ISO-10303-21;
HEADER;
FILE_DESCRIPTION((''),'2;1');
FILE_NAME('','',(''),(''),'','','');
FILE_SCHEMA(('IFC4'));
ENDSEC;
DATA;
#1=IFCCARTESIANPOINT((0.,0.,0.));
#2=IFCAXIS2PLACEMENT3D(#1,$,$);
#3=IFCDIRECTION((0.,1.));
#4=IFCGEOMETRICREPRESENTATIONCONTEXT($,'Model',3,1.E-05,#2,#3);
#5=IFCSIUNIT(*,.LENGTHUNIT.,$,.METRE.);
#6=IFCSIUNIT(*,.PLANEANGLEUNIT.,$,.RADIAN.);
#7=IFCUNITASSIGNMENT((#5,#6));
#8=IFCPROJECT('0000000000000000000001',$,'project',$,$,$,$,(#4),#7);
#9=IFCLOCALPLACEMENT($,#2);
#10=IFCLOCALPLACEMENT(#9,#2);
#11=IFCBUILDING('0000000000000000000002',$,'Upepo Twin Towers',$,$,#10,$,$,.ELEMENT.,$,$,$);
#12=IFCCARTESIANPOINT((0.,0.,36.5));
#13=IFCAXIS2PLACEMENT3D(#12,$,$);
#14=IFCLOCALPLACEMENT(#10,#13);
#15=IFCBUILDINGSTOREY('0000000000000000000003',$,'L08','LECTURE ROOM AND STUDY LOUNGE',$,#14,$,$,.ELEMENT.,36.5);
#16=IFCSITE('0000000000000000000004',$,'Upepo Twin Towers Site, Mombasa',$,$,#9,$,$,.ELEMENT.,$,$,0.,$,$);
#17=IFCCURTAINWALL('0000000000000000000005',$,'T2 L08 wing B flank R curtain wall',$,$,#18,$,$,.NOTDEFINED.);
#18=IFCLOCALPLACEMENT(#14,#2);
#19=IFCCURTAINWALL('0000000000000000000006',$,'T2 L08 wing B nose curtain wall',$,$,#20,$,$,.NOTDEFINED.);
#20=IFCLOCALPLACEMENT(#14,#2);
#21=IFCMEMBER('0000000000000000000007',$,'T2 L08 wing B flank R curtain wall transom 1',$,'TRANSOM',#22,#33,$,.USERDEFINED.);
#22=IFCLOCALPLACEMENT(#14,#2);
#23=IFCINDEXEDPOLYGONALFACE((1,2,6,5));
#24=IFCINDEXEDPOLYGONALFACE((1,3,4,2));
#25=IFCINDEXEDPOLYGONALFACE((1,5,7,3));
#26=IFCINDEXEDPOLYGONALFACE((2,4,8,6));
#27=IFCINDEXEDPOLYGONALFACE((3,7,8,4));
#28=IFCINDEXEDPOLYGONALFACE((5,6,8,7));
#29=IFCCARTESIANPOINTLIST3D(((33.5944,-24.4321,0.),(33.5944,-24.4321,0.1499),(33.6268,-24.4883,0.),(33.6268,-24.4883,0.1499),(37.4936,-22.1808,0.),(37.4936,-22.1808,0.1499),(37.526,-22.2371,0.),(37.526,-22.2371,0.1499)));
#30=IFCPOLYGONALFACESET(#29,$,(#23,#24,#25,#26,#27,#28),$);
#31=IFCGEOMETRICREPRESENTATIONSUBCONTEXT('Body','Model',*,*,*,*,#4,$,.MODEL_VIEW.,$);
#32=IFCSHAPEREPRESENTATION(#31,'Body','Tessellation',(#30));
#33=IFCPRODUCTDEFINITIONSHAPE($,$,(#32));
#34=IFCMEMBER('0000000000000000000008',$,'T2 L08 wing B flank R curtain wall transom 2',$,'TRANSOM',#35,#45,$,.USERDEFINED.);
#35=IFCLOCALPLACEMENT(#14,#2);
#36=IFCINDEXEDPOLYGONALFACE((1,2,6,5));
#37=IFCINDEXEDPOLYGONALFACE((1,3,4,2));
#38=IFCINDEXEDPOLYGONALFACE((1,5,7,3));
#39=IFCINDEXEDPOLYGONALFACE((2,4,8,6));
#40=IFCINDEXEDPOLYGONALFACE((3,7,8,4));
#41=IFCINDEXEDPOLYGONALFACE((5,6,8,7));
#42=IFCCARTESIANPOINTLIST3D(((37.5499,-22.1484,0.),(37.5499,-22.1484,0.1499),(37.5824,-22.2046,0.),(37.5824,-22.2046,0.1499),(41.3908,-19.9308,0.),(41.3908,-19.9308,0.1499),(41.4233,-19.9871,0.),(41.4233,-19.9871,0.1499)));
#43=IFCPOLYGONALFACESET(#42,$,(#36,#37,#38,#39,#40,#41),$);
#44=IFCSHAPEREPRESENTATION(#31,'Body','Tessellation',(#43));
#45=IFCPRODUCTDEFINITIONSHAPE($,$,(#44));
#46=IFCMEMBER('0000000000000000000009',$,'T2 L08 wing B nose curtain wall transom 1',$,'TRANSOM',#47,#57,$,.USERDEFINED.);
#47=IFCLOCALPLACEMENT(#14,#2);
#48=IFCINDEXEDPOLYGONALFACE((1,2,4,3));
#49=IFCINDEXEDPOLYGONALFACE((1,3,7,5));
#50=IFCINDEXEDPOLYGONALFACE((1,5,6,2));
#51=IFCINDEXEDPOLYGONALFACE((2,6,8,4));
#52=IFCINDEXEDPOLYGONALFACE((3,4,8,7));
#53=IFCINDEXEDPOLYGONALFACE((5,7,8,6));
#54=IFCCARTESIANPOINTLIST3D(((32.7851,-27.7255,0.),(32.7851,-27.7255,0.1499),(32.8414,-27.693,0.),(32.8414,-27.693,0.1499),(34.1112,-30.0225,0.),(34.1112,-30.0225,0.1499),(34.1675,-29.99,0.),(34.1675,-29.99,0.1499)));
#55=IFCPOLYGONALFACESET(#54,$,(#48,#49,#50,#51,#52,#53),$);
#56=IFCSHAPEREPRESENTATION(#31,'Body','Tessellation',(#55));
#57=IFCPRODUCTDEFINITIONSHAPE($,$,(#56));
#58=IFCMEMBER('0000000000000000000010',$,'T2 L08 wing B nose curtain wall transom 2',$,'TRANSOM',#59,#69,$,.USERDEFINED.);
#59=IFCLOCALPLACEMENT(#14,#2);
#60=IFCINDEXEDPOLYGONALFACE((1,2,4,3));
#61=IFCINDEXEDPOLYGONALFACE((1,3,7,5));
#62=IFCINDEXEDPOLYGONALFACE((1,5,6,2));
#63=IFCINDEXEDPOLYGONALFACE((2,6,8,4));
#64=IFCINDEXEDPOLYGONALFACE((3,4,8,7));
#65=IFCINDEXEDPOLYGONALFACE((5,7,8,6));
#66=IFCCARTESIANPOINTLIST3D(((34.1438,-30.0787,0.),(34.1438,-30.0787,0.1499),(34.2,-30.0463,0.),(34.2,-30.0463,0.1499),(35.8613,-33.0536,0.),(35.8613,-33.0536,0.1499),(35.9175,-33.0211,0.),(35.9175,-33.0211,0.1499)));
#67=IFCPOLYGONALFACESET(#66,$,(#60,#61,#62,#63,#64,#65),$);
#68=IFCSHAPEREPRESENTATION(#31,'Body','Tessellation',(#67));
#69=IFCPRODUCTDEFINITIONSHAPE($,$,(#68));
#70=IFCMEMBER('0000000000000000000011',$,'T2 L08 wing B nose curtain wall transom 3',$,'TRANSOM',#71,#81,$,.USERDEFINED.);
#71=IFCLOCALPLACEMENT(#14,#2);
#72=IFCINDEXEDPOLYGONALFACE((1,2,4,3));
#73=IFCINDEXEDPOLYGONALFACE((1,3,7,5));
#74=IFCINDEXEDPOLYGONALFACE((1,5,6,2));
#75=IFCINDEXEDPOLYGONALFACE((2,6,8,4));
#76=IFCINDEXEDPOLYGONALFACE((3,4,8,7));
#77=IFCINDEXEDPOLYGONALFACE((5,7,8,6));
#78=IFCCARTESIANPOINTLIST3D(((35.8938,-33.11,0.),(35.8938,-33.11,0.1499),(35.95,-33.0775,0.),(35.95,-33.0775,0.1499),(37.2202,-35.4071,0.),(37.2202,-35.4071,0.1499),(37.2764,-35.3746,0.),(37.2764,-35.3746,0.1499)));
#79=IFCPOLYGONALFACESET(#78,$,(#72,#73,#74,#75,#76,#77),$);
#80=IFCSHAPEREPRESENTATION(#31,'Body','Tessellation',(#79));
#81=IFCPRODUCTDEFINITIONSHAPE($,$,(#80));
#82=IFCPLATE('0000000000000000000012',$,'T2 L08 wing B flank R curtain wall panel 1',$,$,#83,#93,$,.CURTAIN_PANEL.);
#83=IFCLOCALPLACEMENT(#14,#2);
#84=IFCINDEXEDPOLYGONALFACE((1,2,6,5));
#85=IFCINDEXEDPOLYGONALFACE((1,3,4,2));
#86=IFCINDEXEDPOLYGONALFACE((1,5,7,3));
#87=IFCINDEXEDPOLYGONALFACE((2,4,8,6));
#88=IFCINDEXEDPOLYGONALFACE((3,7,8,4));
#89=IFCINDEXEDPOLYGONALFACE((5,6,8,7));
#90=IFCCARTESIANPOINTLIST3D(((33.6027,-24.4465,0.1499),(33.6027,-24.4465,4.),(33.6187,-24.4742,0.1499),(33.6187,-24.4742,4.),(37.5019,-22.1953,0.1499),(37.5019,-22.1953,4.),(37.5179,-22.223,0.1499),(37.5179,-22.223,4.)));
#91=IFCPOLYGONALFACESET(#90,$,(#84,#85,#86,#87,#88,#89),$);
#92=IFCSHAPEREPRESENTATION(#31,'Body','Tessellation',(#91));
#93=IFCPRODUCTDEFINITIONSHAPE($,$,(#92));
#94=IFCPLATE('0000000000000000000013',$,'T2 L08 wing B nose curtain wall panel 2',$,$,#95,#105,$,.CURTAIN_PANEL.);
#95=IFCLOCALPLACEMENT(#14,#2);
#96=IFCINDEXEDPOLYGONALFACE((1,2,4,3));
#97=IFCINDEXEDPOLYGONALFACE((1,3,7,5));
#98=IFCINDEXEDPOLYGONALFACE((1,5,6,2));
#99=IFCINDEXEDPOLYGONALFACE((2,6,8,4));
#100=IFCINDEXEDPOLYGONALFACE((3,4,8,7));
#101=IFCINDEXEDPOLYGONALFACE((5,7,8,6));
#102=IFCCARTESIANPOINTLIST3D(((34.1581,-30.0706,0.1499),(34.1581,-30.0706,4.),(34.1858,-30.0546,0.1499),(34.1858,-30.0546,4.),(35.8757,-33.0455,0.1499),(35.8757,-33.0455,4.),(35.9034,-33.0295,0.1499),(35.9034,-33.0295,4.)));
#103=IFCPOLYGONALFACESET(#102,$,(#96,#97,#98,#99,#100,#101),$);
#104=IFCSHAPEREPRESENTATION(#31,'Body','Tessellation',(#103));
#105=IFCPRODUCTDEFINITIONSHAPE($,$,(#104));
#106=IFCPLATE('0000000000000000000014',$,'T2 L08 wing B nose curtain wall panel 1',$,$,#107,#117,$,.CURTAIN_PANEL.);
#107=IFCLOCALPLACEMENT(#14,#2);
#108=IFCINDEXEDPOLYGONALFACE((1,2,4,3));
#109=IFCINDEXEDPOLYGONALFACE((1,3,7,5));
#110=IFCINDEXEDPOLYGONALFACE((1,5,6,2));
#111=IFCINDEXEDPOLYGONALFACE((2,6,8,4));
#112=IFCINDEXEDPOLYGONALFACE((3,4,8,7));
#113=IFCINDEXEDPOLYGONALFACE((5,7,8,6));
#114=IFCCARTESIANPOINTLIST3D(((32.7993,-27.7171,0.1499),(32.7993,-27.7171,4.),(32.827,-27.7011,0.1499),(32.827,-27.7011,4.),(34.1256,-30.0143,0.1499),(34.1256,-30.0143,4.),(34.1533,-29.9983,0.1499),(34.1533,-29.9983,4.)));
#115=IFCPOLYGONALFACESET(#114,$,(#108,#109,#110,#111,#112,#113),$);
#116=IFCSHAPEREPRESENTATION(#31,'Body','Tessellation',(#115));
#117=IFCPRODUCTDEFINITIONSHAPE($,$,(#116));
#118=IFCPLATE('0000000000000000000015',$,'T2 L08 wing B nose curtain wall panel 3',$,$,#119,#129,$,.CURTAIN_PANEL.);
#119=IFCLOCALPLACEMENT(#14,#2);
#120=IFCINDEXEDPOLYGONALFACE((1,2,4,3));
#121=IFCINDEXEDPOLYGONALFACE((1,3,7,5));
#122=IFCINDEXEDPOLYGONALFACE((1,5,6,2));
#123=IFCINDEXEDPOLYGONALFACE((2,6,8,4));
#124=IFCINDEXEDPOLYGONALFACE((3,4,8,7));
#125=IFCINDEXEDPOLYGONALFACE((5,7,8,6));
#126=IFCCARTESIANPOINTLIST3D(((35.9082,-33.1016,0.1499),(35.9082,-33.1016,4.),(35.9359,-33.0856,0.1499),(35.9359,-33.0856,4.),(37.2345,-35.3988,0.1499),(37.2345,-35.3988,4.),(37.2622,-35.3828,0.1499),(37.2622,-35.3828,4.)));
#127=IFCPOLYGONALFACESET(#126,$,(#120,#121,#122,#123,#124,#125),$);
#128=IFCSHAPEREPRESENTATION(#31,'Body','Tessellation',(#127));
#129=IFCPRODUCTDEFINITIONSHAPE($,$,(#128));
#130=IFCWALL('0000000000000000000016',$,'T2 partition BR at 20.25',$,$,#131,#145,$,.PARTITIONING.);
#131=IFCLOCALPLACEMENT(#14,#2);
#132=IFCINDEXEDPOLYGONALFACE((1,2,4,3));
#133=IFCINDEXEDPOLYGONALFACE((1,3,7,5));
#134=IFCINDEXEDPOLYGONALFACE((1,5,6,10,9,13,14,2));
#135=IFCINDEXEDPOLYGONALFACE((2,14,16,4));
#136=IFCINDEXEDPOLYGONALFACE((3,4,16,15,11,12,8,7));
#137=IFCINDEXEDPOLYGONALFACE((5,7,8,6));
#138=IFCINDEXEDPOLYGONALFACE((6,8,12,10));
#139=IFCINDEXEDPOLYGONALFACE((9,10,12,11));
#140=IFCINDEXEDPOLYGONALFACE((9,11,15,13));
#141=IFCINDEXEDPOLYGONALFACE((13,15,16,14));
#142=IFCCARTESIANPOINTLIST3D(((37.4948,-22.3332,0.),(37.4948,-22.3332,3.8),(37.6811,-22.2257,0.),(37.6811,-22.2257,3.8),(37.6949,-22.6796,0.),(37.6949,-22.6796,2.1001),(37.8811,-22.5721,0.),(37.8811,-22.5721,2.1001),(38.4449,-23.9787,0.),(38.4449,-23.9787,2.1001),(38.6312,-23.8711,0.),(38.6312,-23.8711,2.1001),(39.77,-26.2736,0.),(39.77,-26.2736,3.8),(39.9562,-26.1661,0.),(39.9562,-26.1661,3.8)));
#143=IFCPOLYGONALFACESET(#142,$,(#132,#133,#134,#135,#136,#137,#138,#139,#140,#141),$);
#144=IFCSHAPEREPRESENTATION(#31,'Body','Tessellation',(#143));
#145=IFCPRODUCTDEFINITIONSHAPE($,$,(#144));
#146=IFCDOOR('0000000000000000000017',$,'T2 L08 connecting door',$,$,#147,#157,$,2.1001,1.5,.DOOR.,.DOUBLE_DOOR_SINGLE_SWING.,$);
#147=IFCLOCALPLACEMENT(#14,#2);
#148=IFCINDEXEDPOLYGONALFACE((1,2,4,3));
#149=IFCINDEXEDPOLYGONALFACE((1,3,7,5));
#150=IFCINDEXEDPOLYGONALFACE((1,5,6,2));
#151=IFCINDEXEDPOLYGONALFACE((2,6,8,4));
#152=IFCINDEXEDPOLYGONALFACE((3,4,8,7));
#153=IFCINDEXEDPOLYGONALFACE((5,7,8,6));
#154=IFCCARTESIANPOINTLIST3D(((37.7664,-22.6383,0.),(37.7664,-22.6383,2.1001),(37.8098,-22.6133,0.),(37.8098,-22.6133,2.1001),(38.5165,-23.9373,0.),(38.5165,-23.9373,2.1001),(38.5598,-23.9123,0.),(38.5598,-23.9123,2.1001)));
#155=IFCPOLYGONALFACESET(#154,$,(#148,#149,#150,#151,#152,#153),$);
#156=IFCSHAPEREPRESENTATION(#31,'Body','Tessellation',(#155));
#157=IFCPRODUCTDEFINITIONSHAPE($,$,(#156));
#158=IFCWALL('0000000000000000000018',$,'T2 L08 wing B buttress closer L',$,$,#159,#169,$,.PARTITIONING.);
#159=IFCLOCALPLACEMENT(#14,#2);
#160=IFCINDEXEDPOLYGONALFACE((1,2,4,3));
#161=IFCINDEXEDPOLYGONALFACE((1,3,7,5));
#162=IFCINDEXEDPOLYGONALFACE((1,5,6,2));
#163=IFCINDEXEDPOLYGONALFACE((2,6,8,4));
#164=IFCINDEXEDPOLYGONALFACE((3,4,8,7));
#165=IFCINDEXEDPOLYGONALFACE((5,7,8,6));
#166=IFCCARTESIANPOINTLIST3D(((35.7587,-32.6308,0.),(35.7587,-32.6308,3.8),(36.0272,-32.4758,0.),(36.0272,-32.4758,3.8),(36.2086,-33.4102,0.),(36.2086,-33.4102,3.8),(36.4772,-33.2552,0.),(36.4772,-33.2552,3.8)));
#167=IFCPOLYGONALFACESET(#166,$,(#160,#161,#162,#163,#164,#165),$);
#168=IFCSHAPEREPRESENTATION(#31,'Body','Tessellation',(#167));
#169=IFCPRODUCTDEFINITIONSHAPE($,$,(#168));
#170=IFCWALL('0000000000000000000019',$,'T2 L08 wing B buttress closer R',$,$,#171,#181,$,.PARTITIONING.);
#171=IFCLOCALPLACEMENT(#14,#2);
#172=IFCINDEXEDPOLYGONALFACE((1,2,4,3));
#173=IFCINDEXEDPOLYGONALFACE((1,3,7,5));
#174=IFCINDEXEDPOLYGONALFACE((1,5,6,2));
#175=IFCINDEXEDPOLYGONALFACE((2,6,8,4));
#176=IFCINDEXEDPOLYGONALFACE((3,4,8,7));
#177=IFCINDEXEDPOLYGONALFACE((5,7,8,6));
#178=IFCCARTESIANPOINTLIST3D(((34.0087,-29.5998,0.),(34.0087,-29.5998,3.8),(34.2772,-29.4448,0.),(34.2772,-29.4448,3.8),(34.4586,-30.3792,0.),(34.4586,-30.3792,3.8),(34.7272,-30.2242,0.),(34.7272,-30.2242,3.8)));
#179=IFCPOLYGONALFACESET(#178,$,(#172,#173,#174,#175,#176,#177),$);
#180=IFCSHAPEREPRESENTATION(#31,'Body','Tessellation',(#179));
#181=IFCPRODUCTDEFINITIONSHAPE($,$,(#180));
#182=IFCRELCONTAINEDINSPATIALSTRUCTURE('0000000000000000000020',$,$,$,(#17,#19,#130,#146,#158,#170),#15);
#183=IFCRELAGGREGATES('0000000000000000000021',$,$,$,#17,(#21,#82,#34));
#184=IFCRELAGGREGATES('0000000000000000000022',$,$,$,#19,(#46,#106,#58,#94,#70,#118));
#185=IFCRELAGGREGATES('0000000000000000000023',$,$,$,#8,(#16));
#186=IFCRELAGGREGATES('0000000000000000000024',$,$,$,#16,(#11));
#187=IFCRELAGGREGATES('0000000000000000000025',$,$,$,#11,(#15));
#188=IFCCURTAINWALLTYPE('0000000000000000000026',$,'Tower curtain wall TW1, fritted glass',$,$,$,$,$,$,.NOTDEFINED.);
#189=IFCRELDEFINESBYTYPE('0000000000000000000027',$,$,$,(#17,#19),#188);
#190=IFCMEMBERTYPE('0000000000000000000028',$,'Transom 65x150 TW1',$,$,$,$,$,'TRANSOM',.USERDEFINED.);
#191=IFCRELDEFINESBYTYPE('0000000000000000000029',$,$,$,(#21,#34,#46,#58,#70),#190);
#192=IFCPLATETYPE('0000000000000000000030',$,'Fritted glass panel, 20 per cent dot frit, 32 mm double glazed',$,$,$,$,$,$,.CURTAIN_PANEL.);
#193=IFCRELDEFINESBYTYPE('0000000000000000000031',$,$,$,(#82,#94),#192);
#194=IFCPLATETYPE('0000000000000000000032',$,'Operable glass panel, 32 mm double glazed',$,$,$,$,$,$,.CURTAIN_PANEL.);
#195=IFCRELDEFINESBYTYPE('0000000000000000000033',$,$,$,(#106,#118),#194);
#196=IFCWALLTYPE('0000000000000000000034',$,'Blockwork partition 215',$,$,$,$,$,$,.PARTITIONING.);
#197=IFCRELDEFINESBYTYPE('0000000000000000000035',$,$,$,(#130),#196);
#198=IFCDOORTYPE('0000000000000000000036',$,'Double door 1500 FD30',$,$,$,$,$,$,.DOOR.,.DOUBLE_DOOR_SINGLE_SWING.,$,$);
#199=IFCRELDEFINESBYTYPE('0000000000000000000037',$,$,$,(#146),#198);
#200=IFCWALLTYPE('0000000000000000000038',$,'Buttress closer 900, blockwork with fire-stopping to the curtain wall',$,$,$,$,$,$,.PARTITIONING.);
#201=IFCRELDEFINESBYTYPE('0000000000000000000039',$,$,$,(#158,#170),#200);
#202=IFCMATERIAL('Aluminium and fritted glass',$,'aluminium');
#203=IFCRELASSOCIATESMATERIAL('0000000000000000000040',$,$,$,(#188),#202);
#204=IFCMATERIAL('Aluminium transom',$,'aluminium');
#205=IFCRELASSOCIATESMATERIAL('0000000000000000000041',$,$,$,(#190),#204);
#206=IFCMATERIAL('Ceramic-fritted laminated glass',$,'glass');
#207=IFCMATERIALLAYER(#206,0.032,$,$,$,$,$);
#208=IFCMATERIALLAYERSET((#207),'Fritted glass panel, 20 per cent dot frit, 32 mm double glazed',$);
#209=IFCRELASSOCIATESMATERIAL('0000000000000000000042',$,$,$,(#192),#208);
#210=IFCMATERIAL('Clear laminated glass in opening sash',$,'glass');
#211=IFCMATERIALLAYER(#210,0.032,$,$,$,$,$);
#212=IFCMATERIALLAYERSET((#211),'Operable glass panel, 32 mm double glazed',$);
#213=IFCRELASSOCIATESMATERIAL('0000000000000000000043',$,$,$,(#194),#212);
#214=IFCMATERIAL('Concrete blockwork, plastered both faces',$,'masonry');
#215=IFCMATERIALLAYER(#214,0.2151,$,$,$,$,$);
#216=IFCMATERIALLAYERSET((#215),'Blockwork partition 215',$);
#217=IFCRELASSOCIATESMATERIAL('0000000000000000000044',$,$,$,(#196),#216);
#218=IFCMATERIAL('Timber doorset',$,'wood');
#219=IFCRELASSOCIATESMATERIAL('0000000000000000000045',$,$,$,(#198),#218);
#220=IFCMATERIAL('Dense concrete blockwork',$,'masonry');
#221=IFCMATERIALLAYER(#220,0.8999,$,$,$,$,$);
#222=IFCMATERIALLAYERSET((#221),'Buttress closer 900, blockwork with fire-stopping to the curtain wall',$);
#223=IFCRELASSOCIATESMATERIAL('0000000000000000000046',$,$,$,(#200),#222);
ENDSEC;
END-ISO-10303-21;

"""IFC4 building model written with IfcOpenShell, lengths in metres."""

from ifc_helpers import new_model, si_unit, direction, frame, frame_2d, origin, origin_2d, place, context, subcontext, project, spatial, rectangle, extrude, material, layer, layer_set, material_profile, profile_set, type_object, element, fill, aggregate, save


model = new_model("IFC4")

# Units and contexts
model_context = context("Model", 3, precision=1e-05, world=origin(), true_north=direction((0.0, 1.0)))
body_context = subcontext(model_context, "Body", "Model", "MODEL_VIEW")
ifc_project = project(units=[si_unit("LENGTHUNIT", "METRE"), si_unit("PLANEANGLEUNIT", "RADIAN")], contexts=[model_context])

# Site, building, storey
site_placement = place(None, origin())
site = spatial("IfcSite", under=ifc_project, at=site_placement, Name="Upepo Twin Towers Site, Mombasa", CompositionType="ELEMENT", RefElevation=0.0)
building_placement = place(site_placement, origin())
building = spatial("IfcBuilding", under=site, at=building_placement, Name="Upepo Twin Towers", CompositionType="ELEMENT")
storey_placement = place(building_placement, frame((0.0, 0.0, 36.5)))
storey = spatial("IfcBuildingStorey", under=building, at=storey_placement, Name="L08", Description="LECTURE ROOM AND STUDY LOUNGE", CompositionType="ELEMENT", Elevation=36.5)

# Shared definitions
ifc_material_1 = material(Name="Aluminium and fritted glass", Category="aluminium")
curtain_wall_type = type_object("IfcCurtainWallType", Name="Tower curtain wall TW1, fritted glass", PredefinedType="NOTDEFINED", material=ifc_material_1)

# Curtain walls
curtain_wall_1_placement = place(storey_placement, origin())
curtain_wall_1 = element("IfcCurtainWall", 1, at=curtain_wall_1_placement, inside=storey, type_object=curtain_wall_type, Name="T2 L08 wing B flank R curtain wall", PredefinedType="NOTDEFINED")
curtain_wall_2_placement = place(storey_placement, origin())
curtain_wall_2 = element("IfcCurtainWall", 2, at=curtain_wall_2_placement, inside=storey, type_object=curtain_wall_type, Name="T2 L08 wing B nose curtain wall", PredefinedType="NOTDEFINED")

# Members
ifc_material_2 = material(Name="Aluminium transom", Category="aluminium")
ifc_material_profile_1 = material_profile(ifc_material_2, rectangle(XDim=0.0649, YDim=0.1499, at=origin_2d()), Name="TRANSOM 65x150")
ifc_profile_set_1 = profile_set([ifc_material_profile_1], Name="Aluminium transom")
member_type_1 = type_object("IfcMemberType", Name="Transom 65x150 TW1", ElementType="TRANSOM", PredefinedType="USERDEFINED", material=ifc_profile_set_1)
member_1_placement = place(storey_placement, frame((33.6106, -24.4602, 0.075), z_axis=(0.866022, 0.500006, 0.0), x_axis=(-0.500006, 0.866022, 0.0)))
member_1 = element("IfcMember", 3, at=member_1_placement, type_object=member_type_1, Name="T2 L08 wing B flank R curtain wall transom 1", ObjectType="TRANSOM", PredefinedType="USERDEFINED", context=body_context, shape_type="SweptSolid", body=[
    extrude(rectangle(XDim=0.0649, YDim=0.1499, at=origin_2d()), origin(), (0.0, 0.0, 1.0), 4.5024),
])
member_2_placement = place(storey_placement, frame((37.5662, -22.1765, 0.075), z_axis=(0.866022, 0.500005, 0.0), x_axis=(-0.500005, 0.866022, 0.0)))
member_2 = element("IfcMember", 4, at=member_2_placement, type_object=member_type_1, Name="T2 L08 wing B flank R curtain wall transom 2", ObjectType="TRANSOM", PredefinedType="USERDEFINED", context=body_context, shape_type="SweptSolid", body=[
    extrude(rectangle(XDim=0.0649, YDim=0.1499, at=origin_2d()), origin(), (0.0, 0.0, 1.0), 4.4351),
])
member_3_placement = place(storey_placement, frame((32.8132, -27.7092, 0.075), z_axis=(0.49998, -0.866037, 0.0), x_axis=(0.866037, 0.49998, 0.0)))
member_3 = element("IfcMember", 5, at=member_3_placement, type_object=member_type_1, Name="T2 L08 wing B nose curtain wall transom 1", ObjectType="TRANSOM", PredefinedType="USERDEFINED", context=body_context, shape_type="SweptSolid", body=[
    extrude(rectangle(XDim=0.0649, YDim=0.1499, at=origin_2d()), origin(), (0.0, 0.0, 1.0), 2.6523),
])
member_4_placement = place(storey_placement, frame((34.1719, -30.0625, 0.075), z_axis=(0.499999, -0.866026, 0.0), x_axis=(0.866026, 0.499999, 0.0)))
member_4 = element("IfcMember", 6, at=member_4_placement, type_object=member_type_1, Name="T2 L08 wing B nose curtain wall transom 2", ObjectType="TRANSOM", PredefinedType="USERDEFINED", context=body_context, shape_type="SweptSolid", body=[
    extrude(rectangle(XDim=0.0649, YDim=0.1499, at=origin_2d()), origin(), (0.0, 0.0, 1.0), 3.4351),
])
member_5_placement = place(storey_placement, frame((35.9219, -33.0938, 0.075), z_axis=(0.500049, -0.865997, 0.0), x_axis=(0.865997, 0.500049, 0.0)))
member_5 = element("IfcMember", 7, at=member_5_placement, type_object=member_type_1, Name="T2 L08 wing B nose curtain wall transom 3", ObjectType="TRANSOM", PredefinedType="USERDEFINED", context=body_context, shape_type="SweptSolid", body=[
    extrude(rectangle(XDim=0.0649, YDim=0.1499, at=origin_2d()), origin(), (0.0, 0.0, 1.0), 2.6526),
])

# Plates
ifc_material_3 = material(Name="Ceramic-fritted laminated glass", Category="glass")
ifc_layer_1 = layer(ifc_material_3, 0.032)
ifc_layer_set_1 = layer_set([ifc_layer_1], Name="Fritted glass panel, 20 per cent dot frit, 32 mm double glazed")
plate_type_1 = type_object("IfcPlateType", Name="Fritted glass panel, 20 per cent dot frit, 32 mm double glazed", PredefinedType="CURTAIN_PANEL", material=ifc_layer_set_1)
plate_1_placement = place(storey_placement, frame((35.5603, -23.3347, 0.1499), z_axis=(0.0, 0.0, 1.0), x_axis=(0.866025, 0.5, 0.0)))
plate_1 = element("IfcPlate", 8, at=plate_1_placement, type_object=plate_type_1, Name="T2 L08 wing B flank R curtain wall panel 1", PredefinedType="CURTAIN_PANEL", context=body_context, shape_type="SweptSolid", body=[
    extrude(rectangle(XDim=4.5024, YDim=0.032, at=origin_2d()), origin(), (0.0, 0.0, 1.0), 3.8501),
])
aggregate(curtain_wall_1, [member_1, plate_1, member_2])
plate_2_placement = place(storey_placement, frame((35.0308, -31.55, 0.1499), z_axis=(0.0, 0.0, 1.0), x_axis=(0.5, -0.866025, 0.0)))
plate_2 = element("IfcPlate", 9, at=plate_2_placement, type_object=plate_type_1, Name="T2 L08 wing B nose curtain wall panel 2", PredefinedType="CURTAIN_PANEL", context=body_context, shape_type="SweptSolid", body=[
    extrude(rectangle(XDim=3.4351, YDim=0.032, at=origin_2d()), origin(), (0.0, 0.0, 1.0), 3.8501),
])
ifc_material_4 = material(Name="Clear laminated glass in opening sash", Category="glass")
ifc_layer_2 = layer(ifc_material_4, 0.032)
ifc_layer_set_2 = layer_set([ifc_layer_2], Name="Operable glass panel, 32 mm double glazed")
plate_type_2 = type_object("IfcPlateType", Name="Operable glass panel, 32 mm double glazed", PredefinedType="CURTAIN_PANEL", material=ifc_layer_set_2)
plate_3_placement = place(storey_placement, frame((33.4763, -28.8577, 0.1499), z_axis=(0.0, 0.0, 1.0), x_axis=(0.5, -0.866025, 0.0)))
plate_3 = element("IfcPlate", 10, at=plate_3_placement, type_object=plate_type_2, Name="T2 L08 wing B nose curtain wall panel 1", PredefinedType="CURTAIN_PANEL", context=body_context, shape_type="SweptSolid", body=[
    extrude(rectangle(XDim=2.6526, YDim=0.032, at=origin_2d()), origin(), (0.0, 0.0, 1.0), 3.8501),
])
plate_4_placement = place(storey_placement, frame((36.5852, -34.2422, 0.1499), z_axis=(0.0, 0.0, 1.0), x_axis=(0.5, -0.866025, 0.0)))
plate_4 = element("IfcPlate", 11, at=plate_4_placement, type_object=plate_type_2, Name="T2 L08 wing B nose curtain wall panel 3", PredefinedType="CURTAIN_PANEL", context=body_context, shape_type="SweptSolid", body=[
    extrude(rectangle(XDim=2.6526, YDim=0.032, at=origin_2d()), origin(), (0.0, 0.0, 1.0), 3.8501),
])
aggregate(curtain_wall_2, [member_3, plate_3, member_4, plate_2, member_5, plate_4])

# Wall, opening, door
ifc_material_5 = material(Name="Concrete blockwork, plastered both faces", Category="masonry")
ifc_layer_3 = layer(ifc_material_5, 0.2151)
ifc_layer_set_3 = layer_set([ifc_layer_3], Name="Blockwork partition 215")
wall_type_1 = type_object("IfcWallType", Name="Blockwork partition 215", PredefinedType="PARTITIONING", material=ifc_layer_set_3)
wall_placement = place(storey_placement, frame((39.863, -26.2197, 0.0), z_axis=(0.0, 0.0, 1.0), x_axis=(-0.500023, 0.866012, 0.0)))
wall = element("IfcWall", 12, at=wall_placement, inside=storey, type_object=wall_type_1, Name="T2 partition BR at 20.25", PredefinedType="PARTITIONING", context=body_context, shape_type="SweptSolid", body=[
    extrude(rectangle(XDim=4.55, YDim=0.2151, at=frame_2d((2.2749, 0.0))), origin(), (0.0, 0.0, 1.0), 3.8),
])
opening_placement = place(wall_placement, frame((2.6499, 0.0, 0.0)))
opening = element("IfcOpeningElement", 13, at=opening_placement, cuts=wall, PredefinedType="OPENING", context=body_context, shape_type="SweptSolid", body=[
    extrude(rectangle(XDim=1.5, YDim=2.1001, at=frame_2d((0.75, 1.05))), frame((0.0, 0.1174, 0.0), z_axis=(0.0, -1.0, 0.0), x_axis=(1.0, 0.0, 0.0)), (0.0, 0.0, 1.0), 0.2351),
])
ifc_material_6 = material(Name="Timber doorset", Category="wood")
door_type = type_object("IfcDoorType", Name="Double door 1500 FD30", OperationType="DOUBLE_DOOR_SINGLE_SWING", PredefinedType="DOOR", material=ifc_material_6)
door_placement = place(opening_placement, origin())
door = element("IfcDoor", 14, at=door_placement, inside=storey, type_object=door_type, Name="T2 L08 connecting door", OperationType="DOUBLE_DOOR_SINGLE_SWING", OverallHeight=2.1001, OverallWidth=1.5, PredefinedType="DOOR", context=body_context, shape_type="SweptSolid", body=[
    extrude(rectangle(XDim=1.5, YDim=2.1001, at=frame_2d((0.75, 1.05))), frame((0.0, 0.0249, 0.0), z_axis=(0.0, -1.0, 0.0), x_axis=(1.0, 0.0, 0.0)), (0.0, 0.0, 1.0), 0.05),
])
fill(opening, door)

# Walls
ifc_material_7 = material(Name="Dense concrete blockwork", Category="masonry")
ifc_layer_4 = layer(ifc_material_7, 0.8999)
ifc_layer_set_4 = layer_set([ifc_layer_4], Name="Buttress closer 900, blockwork with fire-stopping to the curtain wall")
wall_type_2 = type_object("IfcWallType", Name="Buttress closer 900, blockwork with fire-stopping to the curtain wall", PredefinedType="PARTITIONING", material=ifc_layer_set_4)
for number, where, z_axis, x_axis, name in (
    (15, (36.2522, -32.8655, 0.0), (0.0, 0.0, 1.0), (-0.866054, -0.49995, 0.0), "T2 L08 wing B buttress closer L"),
    (16, (34.5022, -29.8345, 0.0), (0.0, 0.0, 1.0), (-0.866054, -0.49995, 0.0), "T2 L08 wing B buttress closer R"),
):
    element("IfcWall", number, at=place(storey_placement, frame(where, z_axis=z_axis, x_axis=x_axis)), inside=storey, type_object=wall_type_2, Name=name, PredefinedType="PARTITIONING", context=body_context, shape_type="SweptSolid", body=[
        extrude(rectangle(XDim=0.3101, YDim=0.8999, at=frame_2d((0.155, 0.0))), origin(), (0.0, 0.0, 1.0), 3.8),
    ])

save(model, "model.ifc")
